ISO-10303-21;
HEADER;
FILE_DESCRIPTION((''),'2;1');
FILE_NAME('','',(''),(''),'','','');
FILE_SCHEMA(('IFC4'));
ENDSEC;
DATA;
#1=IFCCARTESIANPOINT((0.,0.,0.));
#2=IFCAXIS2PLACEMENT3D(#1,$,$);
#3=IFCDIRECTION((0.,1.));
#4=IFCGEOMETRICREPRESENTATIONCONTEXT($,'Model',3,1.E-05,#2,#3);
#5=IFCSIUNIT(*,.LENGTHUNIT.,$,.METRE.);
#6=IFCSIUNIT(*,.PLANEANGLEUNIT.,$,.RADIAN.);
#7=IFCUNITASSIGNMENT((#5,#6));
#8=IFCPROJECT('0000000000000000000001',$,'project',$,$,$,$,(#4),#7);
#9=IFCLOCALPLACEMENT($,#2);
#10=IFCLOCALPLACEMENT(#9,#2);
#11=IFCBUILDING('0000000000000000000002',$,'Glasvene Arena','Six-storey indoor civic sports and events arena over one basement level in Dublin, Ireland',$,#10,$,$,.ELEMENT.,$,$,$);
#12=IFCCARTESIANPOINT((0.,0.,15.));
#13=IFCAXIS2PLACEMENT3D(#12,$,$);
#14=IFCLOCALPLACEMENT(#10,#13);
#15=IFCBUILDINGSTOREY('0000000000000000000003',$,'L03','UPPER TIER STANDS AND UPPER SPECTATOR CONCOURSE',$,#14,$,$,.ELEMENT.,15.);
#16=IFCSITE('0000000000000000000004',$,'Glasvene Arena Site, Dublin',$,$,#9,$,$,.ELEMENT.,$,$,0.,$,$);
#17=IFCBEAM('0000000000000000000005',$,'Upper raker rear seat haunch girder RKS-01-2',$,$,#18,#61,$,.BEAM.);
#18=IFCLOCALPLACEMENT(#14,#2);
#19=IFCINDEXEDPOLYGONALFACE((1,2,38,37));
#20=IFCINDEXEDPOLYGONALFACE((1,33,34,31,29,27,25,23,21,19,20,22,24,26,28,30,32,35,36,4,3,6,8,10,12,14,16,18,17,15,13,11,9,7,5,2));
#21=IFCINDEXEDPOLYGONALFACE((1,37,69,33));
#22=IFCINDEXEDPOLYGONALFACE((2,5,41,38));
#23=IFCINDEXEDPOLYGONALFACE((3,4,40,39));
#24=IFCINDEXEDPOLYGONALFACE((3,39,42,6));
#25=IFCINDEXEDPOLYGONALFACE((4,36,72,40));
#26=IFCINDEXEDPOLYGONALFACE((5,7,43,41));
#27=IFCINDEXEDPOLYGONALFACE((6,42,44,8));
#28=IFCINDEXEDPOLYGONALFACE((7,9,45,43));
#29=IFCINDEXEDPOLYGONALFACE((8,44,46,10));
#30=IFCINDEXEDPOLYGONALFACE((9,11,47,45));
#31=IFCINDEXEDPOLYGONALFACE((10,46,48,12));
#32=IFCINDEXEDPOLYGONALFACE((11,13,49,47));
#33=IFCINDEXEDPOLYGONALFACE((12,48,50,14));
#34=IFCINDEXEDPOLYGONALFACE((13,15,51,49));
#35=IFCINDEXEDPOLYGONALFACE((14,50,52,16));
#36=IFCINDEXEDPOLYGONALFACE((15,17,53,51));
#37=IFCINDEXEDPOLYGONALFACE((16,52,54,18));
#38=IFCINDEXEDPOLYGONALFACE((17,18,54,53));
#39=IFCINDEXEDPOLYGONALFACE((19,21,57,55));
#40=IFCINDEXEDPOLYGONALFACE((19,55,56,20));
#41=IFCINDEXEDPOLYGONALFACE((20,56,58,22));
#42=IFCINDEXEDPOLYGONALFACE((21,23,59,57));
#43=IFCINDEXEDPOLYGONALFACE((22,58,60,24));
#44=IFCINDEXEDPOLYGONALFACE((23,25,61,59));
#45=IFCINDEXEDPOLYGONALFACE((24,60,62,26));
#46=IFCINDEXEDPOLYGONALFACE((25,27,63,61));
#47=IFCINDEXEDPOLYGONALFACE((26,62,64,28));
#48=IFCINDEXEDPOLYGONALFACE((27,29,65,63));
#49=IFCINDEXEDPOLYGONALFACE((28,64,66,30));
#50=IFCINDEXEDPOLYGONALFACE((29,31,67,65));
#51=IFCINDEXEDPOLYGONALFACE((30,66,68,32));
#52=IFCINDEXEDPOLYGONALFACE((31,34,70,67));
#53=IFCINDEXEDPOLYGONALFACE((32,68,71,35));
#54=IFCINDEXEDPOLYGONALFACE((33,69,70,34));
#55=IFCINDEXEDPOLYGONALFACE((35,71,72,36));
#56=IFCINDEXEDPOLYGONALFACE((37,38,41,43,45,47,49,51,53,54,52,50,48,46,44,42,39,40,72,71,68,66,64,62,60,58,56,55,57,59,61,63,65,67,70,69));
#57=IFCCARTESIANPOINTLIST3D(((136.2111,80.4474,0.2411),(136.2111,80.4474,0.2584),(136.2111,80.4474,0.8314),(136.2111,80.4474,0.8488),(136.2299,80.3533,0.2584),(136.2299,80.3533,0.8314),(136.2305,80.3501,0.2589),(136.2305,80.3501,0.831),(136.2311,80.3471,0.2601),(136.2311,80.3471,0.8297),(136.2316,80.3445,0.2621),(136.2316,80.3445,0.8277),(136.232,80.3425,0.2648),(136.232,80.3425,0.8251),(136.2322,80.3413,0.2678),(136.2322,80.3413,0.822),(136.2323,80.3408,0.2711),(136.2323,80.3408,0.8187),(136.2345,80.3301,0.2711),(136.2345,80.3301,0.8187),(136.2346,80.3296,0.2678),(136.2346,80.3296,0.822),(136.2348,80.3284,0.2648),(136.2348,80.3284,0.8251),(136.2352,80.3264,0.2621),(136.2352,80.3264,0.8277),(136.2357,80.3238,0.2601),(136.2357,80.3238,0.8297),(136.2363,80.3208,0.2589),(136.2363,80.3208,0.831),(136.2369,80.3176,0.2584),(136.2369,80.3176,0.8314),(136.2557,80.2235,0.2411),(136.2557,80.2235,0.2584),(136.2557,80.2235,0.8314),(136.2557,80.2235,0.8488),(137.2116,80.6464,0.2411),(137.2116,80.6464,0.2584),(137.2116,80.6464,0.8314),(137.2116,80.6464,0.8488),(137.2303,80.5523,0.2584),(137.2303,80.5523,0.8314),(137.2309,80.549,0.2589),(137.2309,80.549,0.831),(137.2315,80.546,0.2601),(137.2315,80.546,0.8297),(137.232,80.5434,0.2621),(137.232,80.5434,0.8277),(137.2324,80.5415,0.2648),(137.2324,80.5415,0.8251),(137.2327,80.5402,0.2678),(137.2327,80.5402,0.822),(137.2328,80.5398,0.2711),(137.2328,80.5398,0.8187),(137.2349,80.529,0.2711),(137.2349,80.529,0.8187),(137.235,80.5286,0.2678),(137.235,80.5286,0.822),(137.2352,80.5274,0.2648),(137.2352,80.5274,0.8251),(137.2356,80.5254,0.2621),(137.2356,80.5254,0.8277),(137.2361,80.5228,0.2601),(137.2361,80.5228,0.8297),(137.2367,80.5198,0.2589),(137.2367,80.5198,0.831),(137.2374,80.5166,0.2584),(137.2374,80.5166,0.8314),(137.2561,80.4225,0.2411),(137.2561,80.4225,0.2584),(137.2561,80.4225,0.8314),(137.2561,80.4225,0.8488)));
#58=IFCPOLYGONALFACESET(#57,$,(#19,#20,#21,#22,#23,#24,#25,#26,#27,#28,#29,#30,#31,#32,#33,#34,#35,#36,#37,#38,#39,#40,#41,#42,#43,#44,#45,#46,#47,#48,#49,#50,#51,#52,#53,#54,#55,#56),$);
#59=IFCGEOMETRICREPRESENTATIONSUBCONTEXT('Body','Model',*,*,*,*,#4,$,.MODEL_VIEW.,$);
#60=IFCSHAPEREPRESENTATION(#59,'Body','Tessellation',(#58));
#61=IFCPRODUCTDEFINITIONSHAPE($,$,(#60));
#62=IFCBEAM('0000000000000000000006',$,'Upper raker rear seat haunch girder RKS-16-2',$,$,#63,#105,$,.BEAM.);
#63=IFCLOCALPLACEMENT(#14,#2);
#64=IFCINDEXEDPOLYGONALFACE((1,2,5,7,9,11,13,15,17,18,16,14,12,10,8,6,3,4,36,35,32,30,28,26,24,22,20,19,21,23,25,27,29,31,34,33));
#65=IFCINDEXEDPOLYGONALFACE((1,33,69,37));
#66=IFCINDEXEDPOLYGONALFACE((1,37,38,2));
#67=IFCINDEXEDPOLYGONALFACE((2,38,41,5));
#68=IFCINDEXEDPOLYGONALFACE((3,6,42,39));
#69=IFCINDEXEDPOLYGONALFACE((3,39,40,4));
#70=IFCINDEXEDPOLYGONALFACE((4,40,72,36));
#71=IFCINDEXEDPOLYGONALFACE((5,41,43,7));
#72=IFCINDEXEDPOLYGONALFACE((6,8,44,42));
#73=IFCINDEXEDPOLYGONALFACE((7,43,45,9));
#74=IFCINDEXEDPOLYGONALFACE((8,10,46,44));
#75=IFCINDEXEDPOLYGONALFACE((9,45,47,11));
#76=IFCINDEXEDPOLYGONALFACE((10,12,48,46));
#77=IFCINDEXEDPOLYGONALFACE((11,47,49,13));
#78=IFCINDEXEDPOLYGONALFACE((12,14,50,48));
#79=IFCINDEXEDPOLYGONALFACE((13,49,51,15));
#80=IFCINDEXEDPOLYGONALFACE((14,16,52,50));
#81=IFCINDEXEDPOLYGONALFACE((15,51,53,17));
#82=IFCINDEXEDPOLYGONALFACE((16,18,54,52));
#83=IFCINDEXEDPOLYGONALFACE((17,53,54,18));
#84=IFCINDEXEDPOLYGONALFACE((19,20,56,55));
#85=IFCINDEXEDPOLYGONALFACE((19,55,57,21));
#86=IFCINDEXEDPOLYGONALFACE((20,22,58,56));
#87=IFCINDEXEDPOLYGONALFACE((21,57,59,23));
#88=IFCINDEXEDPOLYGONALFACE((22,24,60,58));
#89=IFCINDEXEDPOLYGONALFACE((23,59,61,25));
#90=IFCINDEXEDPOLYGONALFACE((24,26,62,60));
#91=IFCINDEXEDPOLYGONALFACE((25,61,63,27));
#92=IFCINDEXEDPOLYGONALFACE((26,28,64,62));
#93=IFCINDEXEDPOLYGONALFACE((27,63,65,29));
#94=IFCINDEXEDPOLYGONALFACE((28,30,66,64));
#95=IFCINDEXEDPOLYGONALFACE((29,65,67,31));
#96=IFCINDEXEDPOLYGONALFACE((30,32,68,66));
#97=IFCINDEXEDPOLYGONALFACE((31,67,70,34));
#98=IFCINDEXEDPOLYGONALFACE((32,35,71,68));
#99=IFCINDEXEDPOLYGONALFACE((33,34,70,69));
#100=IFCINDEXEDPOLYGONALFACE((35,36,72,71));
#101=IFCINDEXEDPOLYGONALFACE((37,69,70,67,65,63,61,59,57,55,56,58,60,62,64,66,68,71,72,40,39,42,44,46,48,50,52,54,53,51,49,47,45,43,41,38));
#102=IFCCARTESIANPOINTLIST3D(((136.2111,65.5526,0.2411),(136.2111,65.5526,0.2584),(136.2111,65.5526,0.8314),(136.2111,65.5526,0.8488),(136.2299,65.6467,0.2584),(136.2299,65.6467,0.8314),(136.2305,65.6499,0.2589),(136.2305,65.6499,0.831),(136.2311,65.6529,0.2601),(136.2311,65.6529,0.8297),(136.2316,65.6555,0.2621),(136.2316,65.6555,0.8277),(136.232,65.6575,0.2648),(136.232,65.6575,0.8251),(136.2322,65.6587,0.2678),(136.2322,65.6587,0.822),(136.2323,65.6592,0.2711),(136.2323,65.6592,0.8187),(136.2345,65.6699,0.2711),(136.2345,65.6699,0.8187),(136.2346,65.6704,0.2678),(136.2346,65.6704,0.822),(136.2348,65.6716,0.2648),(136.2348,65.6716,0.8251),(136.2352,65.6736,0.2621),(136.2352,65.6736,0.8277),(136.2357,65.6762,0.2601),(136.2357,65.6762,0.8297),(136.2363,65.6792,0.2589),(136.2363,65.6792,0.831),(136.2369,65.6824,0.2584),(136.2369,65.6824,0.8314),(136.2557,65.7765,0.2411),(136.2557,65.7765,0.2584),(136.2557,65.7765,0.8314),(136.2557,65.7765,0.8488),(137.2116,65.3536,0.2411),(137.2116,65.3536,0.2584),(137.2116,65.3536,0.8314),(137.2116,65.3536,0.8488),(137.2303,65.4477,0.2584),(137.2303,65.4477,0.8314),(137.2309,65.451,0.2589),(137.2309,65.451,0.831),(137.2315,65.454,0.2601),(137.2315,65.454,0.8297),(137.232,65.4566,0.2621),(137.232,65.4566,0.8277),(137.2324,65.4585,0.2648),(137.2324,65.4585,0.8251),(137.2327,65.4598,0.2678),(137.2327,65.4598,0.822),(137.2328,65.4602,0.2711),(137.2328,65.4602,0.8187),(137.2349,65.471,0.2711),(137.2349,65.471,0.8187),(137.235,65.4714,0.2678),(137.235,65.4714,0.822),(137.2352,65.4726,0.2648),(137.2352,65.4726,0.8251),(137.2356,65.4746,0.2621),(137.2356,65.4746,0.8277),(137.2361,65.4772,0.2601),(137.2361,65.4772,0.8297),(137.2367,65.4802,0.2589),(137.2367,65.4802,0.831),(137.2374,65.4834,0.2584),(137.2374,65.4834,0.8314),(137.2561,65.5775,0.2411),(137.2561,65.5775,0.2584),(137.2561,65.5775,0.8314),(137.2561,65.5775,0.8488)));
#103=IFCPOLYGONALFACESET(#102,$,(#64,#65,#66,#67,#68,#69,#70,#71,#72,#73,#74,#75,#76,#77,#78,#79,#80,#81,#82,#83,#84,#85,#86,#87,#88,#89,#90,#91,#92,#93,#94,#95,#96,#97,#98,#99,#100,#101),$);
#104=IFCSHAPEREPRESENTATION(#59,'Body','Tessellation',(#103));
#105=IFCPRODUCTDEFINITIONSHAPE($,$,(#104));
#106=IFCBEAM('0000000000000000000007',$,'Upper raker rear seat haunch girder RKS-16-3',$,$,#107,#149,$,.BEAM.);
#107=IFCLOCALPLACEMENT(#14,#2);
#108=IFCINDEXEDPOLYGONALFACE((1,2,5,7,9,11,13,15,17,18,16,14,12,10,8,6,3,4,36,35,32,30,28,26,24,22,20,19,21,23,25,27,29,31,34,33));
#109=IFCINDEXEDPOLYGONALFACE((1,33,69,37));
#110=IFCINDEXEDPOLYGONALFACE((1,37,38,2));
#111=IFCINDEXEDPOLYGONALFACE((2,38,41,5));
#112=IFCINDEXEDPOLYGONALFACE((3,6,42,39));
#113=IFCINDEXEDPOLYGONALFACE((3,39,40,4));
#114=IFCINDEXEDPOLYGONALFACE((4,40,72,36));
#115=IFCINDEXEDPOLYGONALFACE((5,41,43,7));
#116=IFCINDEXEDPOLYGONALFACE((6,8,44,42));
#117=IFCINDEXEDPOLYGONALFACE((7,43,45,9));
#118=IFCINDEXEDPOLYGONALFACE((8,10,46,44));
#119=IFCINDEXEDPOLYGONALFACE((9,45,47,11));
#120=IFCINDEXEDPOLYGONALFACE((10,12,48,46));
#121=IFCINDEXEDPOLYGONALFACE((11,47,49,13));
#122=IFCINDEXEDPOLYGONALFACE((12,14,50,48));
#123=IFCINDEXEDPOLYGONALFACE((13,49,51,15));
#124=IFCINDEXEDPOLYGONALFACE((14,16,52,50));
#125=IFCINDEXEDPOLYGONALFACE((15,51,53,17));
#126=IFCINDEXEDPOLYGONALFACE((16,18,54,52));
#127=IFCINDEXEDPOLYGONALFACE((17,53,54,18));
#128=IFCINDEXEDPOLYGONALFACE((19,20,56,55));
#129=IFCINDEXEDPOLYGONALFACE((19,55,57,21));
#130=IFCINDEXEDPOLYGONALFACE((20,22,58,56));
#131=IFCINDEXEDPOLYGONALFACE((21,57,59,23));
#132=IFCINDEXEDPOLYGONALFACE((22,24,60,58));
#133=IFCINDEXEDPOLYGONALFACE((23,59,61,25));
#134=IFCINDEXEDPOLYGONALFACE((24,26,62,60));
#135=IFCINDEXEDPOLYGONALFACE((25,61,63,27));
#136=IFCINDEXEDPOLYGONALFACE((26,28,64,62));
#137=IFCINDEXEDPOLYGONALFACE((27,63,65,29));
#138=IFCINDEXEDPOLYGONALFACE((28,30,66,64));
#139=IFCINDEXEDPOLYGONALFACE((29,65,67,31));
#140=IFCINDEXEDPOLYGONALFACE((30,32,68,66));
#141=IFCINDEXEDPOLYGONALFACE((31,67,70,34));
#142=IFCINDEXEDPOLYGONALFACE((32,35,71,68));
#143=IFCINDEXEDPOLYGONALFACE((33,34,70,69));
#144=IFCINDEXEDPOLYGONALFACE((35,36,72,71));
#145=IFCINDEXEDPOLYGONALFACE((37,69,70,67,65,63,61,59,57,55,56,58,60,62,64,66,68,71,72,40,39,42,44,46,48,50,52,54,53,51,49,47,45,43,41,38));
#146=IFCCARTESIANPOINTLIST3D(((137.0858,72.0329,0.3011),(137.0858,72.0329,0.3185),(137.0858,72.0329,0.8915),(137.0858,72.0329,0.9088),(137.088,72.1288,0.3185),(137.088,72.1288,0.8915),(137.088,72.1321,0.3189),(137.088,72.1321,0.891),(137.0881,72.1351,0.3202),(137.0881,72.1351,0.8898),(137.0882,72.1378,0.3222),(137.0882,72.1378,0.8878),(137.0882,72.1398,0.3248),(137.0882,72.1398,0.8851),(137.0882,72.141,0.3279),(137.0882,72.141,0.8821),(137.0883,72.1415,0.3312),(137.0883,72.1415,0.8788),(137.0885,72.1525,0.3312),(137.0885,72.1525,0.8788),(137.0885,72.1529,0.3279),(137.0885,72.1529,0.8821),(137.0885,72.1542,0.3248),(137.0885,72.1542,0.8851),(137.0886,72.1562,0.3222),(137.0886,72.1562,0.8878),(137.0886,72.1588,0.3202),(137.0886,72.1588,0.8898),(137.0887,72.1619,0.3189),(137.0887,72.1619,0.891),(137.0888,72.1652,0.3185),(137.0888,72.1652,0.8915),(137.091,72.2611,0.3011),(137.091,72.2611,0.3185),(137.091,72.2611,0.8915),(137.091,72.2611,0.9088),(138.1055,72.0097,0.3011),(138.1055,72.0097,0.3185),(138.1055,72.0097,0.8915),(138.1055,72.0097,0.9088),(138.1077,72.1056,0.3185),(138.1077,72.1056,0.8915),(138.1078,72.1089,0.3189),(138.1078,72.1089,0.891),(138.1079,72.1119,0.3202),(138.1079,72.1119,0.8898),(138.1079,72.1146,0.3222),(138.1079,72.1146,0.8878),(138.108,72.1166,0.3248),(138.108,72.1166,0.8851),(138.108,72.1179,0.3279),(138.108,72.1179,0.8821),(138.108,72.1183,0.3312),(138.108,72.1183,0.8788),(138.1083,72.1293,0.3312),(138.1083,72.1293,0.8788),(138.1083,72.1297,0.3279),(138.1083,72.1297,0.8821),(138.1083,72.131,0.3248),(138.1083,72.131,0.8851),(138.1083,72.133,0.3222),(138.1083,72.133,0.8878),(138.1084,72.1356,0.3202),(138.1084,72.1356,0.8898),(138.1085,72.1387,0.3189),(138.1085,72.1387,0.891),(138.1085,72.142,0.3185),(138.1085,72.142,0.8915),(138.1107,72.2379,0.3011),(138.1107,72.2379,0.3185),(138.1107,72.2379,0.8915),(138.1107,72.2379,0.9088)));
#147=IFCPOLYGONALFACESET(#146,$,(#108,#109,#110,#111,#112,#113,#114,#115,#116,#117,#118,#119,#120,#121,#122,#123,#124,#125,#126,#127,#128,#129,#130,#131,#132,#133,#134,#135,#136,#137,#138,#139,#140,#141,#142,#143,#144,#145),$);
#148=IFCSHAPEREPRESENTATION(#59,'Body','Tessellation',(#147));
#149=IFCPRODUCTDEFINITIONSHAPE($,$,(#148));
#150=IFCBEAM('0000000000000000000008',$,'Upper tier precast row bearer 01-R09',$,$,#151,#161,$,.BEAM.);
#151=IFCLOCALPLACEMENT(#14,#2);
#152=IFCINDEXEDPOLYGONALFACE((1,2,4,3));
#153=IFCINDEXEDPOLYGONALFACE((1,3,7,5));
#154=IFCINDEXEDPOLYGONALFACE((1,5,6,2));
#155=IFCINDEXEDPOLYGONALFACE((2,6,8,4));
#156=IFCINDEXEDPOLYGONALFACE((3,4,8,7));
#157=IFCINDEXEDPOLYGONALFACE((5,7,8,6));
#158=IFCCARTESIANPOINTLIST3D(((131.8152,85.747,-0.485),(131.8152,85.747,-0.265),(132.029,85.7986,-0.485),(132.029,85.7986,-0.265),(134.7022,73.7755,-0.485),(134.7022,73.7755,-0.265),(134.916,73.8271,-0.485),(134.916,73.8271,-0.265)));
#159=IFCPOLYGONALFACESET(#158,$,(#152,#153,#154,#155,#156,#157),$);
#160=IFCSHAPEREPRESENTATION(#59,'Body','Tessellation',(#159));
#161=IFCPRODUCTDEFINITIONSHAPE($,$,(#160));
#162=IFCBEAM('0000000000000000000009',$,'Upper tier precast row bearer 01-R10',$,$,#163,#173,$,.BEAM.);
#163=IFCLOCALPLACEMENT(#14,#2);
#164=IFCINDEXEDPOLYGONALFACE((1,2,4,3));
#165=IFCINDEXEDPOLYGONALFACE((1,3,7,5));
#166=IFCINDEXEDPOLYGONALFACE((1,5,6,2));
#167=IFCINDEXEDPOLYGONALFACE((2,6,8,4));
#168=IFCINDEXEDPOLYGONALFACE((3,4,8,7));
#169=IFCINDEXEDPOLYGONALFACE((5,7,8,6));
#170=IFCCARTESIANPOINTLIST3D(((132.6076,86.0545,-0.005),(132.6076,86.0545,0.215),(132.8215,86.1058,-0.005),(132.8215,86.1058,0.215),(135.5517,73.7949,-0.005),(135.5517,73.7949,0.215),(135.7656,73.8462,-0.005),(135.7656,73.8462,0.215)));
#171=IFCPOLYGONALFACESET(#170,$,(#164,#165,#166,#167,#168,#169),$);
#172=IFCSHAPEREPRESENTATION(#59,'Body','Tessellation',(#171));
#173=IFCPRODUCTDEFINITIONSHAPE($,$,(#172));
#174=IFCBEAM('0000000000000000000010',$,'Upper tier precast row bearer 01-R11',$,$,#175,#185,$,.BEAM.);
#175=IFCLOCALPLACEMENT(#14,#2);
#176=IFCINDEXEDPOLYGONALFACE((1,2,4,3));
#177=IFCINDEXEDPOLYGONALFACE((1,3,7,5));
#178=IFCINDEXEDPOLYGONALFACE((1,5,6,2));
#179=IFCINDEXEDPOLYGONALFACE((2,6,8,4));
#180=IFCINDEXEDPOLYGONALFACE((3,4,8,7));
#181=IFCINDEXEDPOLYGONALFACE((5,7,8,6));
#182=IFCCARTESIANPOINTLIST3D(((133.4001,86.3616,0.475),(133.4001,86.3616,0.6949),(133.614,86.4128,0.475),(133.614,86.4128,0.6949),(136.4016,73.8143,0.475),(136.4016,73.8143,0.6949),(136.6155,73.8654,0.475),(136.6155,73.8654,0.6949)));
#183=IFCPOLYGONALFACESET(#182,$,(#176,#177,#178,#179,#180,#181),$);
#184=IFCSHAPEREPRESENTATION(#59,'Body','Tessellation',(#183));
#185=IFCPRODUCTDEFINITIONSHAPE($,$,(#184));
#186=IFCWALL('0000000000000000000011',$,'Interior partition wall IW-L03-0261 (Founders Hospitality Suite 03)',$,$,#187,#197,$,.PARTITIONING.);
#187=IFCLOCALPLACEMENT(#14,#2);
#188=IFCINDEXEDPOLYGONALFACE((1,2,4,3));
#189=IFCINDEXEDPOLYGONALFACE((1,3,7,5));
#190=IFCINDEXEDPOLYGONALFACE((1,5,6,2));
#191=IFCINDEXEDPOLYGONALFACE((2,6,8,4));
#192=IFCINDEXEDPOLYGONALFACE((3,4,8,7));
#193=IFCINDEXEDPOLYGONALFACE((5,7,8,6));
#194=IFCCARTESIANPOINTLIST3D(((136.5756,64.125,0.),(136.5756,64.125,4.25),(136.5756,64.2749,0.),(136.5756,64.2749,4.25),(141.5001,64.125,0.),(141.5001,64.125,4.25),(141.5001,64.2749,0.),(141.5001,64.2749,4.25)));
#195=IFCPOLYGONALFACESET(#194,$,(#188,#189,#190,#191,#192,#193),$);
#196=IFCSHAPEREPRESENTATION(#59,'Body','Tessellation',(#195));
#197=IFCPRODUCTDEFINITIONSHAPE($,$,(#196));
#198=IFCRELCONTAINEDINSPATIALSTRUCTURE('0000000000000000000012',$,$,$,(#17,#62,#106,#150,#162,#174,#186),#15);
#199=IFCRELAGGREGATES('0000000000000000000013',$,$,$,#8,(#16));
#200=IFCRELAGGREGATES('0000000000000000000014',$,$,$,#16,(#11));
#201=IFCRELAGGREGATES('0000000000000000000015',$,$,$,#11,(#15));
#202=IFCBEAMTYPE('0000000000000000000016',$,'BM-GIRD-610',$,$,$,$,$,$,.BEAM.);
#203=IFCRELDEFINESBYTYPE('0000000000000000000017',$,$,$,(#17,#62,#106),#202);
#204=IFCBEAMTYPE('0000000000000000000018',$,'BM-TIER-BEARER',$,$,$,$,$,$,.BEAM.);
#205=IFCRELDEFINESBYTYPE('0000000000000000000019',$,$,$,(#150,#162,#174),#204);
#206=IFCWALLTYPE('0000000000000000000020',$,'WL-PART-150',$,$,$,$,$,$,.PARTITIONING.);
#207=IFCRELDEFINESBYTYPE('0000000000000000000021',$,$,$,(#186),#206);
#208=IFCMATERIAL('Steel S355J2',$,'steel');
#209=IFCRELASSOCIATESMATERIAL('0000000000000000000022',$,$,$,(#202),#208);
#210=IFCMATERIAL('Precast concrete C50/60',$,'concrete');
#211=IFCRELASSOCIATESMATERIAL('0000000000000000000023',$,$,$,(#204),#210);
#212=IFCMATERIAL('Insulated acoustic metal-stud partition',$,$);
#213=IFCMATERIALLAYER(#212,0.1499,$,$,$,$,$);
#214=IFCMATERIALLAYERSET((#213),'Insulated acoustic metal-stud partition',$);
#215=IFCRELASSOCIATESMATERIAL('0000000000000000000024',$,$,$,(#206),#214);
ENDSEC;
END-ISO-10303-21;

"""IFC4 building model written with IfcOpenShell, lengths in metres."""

from ifc_helpers import new_model, si_unit, direction, frame, frame_2d, origin, origin_2d, place, context, subcontext, project, spatial, rectangle, i_section, extrude, material, layer, layer_set, material_profile, profile_set, type_object, element, save


model = new_model("IFC4")

# Units and contexts
model_context = context("Model", 3, precision=1e-05, world=origin(), true_north=direction((0.0, 1.0)))
body_context = subcontext(model_context, "Body", "Model", "MODEL_VIEW")
ifc_project = project(units=[si_unit("LENGTHUNIT", "METRE"), si_unit("PLANEANGLEUNIT", "RADIAN")], contexts=[model_context])

# Site, building, storey
site_placement = place(None, origin())
site = spatial("IfcSite", under=ifc_project, at=site_placement, Name="Glasvene Arena Site, Dublin", CompositionType="ELEMENT", RefElevation=0.0)
building_placement = place(site_placement, origin())
building = spatial("IfcBuilding", under=site, at=building_placement, Name="Glasvene Arena", Description="Six-storey indoor civic sports and events arena over one basement level in Dublin, Ireland", CompositionType="ELEMENT")
storey_placement = place(building_placement, frame((0.0, 0.0, 15.0)))
storey = spatial("IfcBuildingStorey", under=building, at=storey_placement, Name="L03", Description="UPPER TIER STANDS AND UPPER SPECTATOR CONCOURSE", CompositionType="ELEMENT", Elevation=15.0)

# Shared definitions
ifc_material_1 = material(Name="Steel S355J2", Category="steel")

# Beams
ifc_material_profile_1 = material_profile(ifc_material_1, i_section(OverallWidth=0.2283, OverallDepth=0.6077, WebThickness=0.011, FlangeThickness=0.0173, FilletRadius=0.0127, at=origin_2d()), Name="UKB 610x229x113")
ifc_profile_set_1 = profile_set([ifc_material_profile_1], Name="Steel S355J2")
beam_type_1 = type_object("IfcBeamType", Name="BM-GIRD-610", PredefinedType="BEAM", material=ifc_profile_set_1)
for number, where, z_axis, x_axis, name in (
    (1, (136.2334, 80.3354, 0.5449), (0.980792, 0.195057, 0.0), (-0.195057, 0.980792, 0.0), "Upper raker rear seat haunch girder RKS-01-2"),
    (2, (136.2334, 65.6646, 0.5449), (0.980792, -0.195057, 0.0), (0.195057, 0.980792, 0.0), "Upper raker rear seat haunch girder RKS-16-2"),
    (3, (137.0884, 72.147, 0.605), (0.999741, -0.022738, 0.0), (0.022738, 0.999741, 0.0), "Upper raker rear seat haunch girder RKS-16-3"),
):
    element("IfcBeam", number, at=place(storey_placement, frame(where, z_axis=z_axis, x_axis=x_axis)), inside=storey, type_object=beam_type_1, Name=name, PredefinedType="BEAM", context=body_context, shape_type="SweptSolid", body=[
        extrude(i_section(OverallWidth=0.2283, OverallDepth=0.6077, WebThickness=0.011, FlangeThickness=0.0173, FilletRadius=0.0127, at=origin_2d()), origin(), (0.0, 0.0, 1.0), 1.02),
    ])
ifc_material_2 = material(Name="Precast concrete C50/60", Category="concrete")
ifc_material_profile_2 = material_profile(ifc_material_2, rectangle(XDim=0.22, YDim=0.22, at=origin_2d()), Name="RC 220x220")
ifc_profile_set_2 = profile_set([ifc_material_profile_2], Name="Precast concrete C50/60")
beam_type_2 = type_object("IfcBeamType", Name="BM-TIER-BEARER", PredefinedType="BEAM", material=ifc_profile_set_2)
beam_1_placement = place(storey_placement, frame((134.8091, 73.8013, -0.375), z_axis=(-0.234434, 0.972132, 0.0), x_axis=(-0.972132, -0.234434, 0.0)))
element("IfcBeam", 4, at=beam_1_placement, inside=storey, type_object=beam_type_2, Name="Upper tier precast row bearer 01-R09", PredefinedType="BEAM", context=body_context, shape_type="SweptSolid", body=[
    extrude(rectangle(XDim=0.22, YDim=0.22, at=origin_2d()), origin(), (0.0, 0.0, 1.0), 12.3147),
])
beam_2_placement = place(storey_placement, frame((135.6587, 73.8206, 0.105), z_axis=(-0.233508, 0.972355, 0.0), x_axis=(-0.972355, -0.233508, 0.0)))
element("IfcBeam", 5, at=beam_2_placement, inside=storey, type_object=beam_type_2, Name="Upper tier precast row bearer 01-R10", PredefinedType="BEAM", context=body_context, shape_type="SweptSolid", body=[
    extrude(rectangle(XDim=0.22, YDim=0.22, at=origin_2d()), origin(), (0.0, 0.0, 1.0), 12.6082),
])
beam_3_placement = place(storey_placement, frame((136.5085, 73.8398, 0.585), z_axis=(-0.232647, 0.972561, 0.0), x_axis=(-0.972561, -0.232647, 0.0)))
element("IfcBeam", 6, at=beam_3_placement, inside=storey, type_object=beam_type_2, Name="Upper tier precast row bearer 01-R11", PredefinedType="BEAM", context=body_context, shape_type="SweptSolid", body=[
    extrude(rectangle(XDim=0.22, YDim=0.22, at=origin_2d()), origin(), (0.0, 0.0, 1.0), 12.9014),
])

# Wall
ifc_material_3 = material(Name="Insulated acoustic metal-stud partition")
ifc_layer_1 = layer(ifc_material_3, 0.1499)
ifc_layer_set_1 = layer_set([ifc_layer_1], Name="Insulated acoustic metal-stud partition")
wall_type = type_object("IfcWallType", Name="WL-PART-150", PredefinedType="PARTITIONING", material=ifc_layer_set_1)
wall_1_placement = place(storey_placement, frame((136.5754, 64.2, 0.0), z_axis=(0.0, 0.0, 1.0), x_axis=(1.0, 0.0, 0.0)))
element("IfcWall", 7, at=wall_1_placement, inside=storey, type_object=wall_type, Name="Interior partition wall IW-L03-0261 (Founders Hospitality Suite 03)", PredefinedType="PARTITIONING", context=body_context, shape_type="SweptSolid", body=[
    extrude(rectangle(XDim=4.9246, YDim=0.1499, at=frame_2d((2.4624, 0.0))), origin(), (0.0, 0.0, 1.0), 4.25),
])

save(model, "model.ifc")
